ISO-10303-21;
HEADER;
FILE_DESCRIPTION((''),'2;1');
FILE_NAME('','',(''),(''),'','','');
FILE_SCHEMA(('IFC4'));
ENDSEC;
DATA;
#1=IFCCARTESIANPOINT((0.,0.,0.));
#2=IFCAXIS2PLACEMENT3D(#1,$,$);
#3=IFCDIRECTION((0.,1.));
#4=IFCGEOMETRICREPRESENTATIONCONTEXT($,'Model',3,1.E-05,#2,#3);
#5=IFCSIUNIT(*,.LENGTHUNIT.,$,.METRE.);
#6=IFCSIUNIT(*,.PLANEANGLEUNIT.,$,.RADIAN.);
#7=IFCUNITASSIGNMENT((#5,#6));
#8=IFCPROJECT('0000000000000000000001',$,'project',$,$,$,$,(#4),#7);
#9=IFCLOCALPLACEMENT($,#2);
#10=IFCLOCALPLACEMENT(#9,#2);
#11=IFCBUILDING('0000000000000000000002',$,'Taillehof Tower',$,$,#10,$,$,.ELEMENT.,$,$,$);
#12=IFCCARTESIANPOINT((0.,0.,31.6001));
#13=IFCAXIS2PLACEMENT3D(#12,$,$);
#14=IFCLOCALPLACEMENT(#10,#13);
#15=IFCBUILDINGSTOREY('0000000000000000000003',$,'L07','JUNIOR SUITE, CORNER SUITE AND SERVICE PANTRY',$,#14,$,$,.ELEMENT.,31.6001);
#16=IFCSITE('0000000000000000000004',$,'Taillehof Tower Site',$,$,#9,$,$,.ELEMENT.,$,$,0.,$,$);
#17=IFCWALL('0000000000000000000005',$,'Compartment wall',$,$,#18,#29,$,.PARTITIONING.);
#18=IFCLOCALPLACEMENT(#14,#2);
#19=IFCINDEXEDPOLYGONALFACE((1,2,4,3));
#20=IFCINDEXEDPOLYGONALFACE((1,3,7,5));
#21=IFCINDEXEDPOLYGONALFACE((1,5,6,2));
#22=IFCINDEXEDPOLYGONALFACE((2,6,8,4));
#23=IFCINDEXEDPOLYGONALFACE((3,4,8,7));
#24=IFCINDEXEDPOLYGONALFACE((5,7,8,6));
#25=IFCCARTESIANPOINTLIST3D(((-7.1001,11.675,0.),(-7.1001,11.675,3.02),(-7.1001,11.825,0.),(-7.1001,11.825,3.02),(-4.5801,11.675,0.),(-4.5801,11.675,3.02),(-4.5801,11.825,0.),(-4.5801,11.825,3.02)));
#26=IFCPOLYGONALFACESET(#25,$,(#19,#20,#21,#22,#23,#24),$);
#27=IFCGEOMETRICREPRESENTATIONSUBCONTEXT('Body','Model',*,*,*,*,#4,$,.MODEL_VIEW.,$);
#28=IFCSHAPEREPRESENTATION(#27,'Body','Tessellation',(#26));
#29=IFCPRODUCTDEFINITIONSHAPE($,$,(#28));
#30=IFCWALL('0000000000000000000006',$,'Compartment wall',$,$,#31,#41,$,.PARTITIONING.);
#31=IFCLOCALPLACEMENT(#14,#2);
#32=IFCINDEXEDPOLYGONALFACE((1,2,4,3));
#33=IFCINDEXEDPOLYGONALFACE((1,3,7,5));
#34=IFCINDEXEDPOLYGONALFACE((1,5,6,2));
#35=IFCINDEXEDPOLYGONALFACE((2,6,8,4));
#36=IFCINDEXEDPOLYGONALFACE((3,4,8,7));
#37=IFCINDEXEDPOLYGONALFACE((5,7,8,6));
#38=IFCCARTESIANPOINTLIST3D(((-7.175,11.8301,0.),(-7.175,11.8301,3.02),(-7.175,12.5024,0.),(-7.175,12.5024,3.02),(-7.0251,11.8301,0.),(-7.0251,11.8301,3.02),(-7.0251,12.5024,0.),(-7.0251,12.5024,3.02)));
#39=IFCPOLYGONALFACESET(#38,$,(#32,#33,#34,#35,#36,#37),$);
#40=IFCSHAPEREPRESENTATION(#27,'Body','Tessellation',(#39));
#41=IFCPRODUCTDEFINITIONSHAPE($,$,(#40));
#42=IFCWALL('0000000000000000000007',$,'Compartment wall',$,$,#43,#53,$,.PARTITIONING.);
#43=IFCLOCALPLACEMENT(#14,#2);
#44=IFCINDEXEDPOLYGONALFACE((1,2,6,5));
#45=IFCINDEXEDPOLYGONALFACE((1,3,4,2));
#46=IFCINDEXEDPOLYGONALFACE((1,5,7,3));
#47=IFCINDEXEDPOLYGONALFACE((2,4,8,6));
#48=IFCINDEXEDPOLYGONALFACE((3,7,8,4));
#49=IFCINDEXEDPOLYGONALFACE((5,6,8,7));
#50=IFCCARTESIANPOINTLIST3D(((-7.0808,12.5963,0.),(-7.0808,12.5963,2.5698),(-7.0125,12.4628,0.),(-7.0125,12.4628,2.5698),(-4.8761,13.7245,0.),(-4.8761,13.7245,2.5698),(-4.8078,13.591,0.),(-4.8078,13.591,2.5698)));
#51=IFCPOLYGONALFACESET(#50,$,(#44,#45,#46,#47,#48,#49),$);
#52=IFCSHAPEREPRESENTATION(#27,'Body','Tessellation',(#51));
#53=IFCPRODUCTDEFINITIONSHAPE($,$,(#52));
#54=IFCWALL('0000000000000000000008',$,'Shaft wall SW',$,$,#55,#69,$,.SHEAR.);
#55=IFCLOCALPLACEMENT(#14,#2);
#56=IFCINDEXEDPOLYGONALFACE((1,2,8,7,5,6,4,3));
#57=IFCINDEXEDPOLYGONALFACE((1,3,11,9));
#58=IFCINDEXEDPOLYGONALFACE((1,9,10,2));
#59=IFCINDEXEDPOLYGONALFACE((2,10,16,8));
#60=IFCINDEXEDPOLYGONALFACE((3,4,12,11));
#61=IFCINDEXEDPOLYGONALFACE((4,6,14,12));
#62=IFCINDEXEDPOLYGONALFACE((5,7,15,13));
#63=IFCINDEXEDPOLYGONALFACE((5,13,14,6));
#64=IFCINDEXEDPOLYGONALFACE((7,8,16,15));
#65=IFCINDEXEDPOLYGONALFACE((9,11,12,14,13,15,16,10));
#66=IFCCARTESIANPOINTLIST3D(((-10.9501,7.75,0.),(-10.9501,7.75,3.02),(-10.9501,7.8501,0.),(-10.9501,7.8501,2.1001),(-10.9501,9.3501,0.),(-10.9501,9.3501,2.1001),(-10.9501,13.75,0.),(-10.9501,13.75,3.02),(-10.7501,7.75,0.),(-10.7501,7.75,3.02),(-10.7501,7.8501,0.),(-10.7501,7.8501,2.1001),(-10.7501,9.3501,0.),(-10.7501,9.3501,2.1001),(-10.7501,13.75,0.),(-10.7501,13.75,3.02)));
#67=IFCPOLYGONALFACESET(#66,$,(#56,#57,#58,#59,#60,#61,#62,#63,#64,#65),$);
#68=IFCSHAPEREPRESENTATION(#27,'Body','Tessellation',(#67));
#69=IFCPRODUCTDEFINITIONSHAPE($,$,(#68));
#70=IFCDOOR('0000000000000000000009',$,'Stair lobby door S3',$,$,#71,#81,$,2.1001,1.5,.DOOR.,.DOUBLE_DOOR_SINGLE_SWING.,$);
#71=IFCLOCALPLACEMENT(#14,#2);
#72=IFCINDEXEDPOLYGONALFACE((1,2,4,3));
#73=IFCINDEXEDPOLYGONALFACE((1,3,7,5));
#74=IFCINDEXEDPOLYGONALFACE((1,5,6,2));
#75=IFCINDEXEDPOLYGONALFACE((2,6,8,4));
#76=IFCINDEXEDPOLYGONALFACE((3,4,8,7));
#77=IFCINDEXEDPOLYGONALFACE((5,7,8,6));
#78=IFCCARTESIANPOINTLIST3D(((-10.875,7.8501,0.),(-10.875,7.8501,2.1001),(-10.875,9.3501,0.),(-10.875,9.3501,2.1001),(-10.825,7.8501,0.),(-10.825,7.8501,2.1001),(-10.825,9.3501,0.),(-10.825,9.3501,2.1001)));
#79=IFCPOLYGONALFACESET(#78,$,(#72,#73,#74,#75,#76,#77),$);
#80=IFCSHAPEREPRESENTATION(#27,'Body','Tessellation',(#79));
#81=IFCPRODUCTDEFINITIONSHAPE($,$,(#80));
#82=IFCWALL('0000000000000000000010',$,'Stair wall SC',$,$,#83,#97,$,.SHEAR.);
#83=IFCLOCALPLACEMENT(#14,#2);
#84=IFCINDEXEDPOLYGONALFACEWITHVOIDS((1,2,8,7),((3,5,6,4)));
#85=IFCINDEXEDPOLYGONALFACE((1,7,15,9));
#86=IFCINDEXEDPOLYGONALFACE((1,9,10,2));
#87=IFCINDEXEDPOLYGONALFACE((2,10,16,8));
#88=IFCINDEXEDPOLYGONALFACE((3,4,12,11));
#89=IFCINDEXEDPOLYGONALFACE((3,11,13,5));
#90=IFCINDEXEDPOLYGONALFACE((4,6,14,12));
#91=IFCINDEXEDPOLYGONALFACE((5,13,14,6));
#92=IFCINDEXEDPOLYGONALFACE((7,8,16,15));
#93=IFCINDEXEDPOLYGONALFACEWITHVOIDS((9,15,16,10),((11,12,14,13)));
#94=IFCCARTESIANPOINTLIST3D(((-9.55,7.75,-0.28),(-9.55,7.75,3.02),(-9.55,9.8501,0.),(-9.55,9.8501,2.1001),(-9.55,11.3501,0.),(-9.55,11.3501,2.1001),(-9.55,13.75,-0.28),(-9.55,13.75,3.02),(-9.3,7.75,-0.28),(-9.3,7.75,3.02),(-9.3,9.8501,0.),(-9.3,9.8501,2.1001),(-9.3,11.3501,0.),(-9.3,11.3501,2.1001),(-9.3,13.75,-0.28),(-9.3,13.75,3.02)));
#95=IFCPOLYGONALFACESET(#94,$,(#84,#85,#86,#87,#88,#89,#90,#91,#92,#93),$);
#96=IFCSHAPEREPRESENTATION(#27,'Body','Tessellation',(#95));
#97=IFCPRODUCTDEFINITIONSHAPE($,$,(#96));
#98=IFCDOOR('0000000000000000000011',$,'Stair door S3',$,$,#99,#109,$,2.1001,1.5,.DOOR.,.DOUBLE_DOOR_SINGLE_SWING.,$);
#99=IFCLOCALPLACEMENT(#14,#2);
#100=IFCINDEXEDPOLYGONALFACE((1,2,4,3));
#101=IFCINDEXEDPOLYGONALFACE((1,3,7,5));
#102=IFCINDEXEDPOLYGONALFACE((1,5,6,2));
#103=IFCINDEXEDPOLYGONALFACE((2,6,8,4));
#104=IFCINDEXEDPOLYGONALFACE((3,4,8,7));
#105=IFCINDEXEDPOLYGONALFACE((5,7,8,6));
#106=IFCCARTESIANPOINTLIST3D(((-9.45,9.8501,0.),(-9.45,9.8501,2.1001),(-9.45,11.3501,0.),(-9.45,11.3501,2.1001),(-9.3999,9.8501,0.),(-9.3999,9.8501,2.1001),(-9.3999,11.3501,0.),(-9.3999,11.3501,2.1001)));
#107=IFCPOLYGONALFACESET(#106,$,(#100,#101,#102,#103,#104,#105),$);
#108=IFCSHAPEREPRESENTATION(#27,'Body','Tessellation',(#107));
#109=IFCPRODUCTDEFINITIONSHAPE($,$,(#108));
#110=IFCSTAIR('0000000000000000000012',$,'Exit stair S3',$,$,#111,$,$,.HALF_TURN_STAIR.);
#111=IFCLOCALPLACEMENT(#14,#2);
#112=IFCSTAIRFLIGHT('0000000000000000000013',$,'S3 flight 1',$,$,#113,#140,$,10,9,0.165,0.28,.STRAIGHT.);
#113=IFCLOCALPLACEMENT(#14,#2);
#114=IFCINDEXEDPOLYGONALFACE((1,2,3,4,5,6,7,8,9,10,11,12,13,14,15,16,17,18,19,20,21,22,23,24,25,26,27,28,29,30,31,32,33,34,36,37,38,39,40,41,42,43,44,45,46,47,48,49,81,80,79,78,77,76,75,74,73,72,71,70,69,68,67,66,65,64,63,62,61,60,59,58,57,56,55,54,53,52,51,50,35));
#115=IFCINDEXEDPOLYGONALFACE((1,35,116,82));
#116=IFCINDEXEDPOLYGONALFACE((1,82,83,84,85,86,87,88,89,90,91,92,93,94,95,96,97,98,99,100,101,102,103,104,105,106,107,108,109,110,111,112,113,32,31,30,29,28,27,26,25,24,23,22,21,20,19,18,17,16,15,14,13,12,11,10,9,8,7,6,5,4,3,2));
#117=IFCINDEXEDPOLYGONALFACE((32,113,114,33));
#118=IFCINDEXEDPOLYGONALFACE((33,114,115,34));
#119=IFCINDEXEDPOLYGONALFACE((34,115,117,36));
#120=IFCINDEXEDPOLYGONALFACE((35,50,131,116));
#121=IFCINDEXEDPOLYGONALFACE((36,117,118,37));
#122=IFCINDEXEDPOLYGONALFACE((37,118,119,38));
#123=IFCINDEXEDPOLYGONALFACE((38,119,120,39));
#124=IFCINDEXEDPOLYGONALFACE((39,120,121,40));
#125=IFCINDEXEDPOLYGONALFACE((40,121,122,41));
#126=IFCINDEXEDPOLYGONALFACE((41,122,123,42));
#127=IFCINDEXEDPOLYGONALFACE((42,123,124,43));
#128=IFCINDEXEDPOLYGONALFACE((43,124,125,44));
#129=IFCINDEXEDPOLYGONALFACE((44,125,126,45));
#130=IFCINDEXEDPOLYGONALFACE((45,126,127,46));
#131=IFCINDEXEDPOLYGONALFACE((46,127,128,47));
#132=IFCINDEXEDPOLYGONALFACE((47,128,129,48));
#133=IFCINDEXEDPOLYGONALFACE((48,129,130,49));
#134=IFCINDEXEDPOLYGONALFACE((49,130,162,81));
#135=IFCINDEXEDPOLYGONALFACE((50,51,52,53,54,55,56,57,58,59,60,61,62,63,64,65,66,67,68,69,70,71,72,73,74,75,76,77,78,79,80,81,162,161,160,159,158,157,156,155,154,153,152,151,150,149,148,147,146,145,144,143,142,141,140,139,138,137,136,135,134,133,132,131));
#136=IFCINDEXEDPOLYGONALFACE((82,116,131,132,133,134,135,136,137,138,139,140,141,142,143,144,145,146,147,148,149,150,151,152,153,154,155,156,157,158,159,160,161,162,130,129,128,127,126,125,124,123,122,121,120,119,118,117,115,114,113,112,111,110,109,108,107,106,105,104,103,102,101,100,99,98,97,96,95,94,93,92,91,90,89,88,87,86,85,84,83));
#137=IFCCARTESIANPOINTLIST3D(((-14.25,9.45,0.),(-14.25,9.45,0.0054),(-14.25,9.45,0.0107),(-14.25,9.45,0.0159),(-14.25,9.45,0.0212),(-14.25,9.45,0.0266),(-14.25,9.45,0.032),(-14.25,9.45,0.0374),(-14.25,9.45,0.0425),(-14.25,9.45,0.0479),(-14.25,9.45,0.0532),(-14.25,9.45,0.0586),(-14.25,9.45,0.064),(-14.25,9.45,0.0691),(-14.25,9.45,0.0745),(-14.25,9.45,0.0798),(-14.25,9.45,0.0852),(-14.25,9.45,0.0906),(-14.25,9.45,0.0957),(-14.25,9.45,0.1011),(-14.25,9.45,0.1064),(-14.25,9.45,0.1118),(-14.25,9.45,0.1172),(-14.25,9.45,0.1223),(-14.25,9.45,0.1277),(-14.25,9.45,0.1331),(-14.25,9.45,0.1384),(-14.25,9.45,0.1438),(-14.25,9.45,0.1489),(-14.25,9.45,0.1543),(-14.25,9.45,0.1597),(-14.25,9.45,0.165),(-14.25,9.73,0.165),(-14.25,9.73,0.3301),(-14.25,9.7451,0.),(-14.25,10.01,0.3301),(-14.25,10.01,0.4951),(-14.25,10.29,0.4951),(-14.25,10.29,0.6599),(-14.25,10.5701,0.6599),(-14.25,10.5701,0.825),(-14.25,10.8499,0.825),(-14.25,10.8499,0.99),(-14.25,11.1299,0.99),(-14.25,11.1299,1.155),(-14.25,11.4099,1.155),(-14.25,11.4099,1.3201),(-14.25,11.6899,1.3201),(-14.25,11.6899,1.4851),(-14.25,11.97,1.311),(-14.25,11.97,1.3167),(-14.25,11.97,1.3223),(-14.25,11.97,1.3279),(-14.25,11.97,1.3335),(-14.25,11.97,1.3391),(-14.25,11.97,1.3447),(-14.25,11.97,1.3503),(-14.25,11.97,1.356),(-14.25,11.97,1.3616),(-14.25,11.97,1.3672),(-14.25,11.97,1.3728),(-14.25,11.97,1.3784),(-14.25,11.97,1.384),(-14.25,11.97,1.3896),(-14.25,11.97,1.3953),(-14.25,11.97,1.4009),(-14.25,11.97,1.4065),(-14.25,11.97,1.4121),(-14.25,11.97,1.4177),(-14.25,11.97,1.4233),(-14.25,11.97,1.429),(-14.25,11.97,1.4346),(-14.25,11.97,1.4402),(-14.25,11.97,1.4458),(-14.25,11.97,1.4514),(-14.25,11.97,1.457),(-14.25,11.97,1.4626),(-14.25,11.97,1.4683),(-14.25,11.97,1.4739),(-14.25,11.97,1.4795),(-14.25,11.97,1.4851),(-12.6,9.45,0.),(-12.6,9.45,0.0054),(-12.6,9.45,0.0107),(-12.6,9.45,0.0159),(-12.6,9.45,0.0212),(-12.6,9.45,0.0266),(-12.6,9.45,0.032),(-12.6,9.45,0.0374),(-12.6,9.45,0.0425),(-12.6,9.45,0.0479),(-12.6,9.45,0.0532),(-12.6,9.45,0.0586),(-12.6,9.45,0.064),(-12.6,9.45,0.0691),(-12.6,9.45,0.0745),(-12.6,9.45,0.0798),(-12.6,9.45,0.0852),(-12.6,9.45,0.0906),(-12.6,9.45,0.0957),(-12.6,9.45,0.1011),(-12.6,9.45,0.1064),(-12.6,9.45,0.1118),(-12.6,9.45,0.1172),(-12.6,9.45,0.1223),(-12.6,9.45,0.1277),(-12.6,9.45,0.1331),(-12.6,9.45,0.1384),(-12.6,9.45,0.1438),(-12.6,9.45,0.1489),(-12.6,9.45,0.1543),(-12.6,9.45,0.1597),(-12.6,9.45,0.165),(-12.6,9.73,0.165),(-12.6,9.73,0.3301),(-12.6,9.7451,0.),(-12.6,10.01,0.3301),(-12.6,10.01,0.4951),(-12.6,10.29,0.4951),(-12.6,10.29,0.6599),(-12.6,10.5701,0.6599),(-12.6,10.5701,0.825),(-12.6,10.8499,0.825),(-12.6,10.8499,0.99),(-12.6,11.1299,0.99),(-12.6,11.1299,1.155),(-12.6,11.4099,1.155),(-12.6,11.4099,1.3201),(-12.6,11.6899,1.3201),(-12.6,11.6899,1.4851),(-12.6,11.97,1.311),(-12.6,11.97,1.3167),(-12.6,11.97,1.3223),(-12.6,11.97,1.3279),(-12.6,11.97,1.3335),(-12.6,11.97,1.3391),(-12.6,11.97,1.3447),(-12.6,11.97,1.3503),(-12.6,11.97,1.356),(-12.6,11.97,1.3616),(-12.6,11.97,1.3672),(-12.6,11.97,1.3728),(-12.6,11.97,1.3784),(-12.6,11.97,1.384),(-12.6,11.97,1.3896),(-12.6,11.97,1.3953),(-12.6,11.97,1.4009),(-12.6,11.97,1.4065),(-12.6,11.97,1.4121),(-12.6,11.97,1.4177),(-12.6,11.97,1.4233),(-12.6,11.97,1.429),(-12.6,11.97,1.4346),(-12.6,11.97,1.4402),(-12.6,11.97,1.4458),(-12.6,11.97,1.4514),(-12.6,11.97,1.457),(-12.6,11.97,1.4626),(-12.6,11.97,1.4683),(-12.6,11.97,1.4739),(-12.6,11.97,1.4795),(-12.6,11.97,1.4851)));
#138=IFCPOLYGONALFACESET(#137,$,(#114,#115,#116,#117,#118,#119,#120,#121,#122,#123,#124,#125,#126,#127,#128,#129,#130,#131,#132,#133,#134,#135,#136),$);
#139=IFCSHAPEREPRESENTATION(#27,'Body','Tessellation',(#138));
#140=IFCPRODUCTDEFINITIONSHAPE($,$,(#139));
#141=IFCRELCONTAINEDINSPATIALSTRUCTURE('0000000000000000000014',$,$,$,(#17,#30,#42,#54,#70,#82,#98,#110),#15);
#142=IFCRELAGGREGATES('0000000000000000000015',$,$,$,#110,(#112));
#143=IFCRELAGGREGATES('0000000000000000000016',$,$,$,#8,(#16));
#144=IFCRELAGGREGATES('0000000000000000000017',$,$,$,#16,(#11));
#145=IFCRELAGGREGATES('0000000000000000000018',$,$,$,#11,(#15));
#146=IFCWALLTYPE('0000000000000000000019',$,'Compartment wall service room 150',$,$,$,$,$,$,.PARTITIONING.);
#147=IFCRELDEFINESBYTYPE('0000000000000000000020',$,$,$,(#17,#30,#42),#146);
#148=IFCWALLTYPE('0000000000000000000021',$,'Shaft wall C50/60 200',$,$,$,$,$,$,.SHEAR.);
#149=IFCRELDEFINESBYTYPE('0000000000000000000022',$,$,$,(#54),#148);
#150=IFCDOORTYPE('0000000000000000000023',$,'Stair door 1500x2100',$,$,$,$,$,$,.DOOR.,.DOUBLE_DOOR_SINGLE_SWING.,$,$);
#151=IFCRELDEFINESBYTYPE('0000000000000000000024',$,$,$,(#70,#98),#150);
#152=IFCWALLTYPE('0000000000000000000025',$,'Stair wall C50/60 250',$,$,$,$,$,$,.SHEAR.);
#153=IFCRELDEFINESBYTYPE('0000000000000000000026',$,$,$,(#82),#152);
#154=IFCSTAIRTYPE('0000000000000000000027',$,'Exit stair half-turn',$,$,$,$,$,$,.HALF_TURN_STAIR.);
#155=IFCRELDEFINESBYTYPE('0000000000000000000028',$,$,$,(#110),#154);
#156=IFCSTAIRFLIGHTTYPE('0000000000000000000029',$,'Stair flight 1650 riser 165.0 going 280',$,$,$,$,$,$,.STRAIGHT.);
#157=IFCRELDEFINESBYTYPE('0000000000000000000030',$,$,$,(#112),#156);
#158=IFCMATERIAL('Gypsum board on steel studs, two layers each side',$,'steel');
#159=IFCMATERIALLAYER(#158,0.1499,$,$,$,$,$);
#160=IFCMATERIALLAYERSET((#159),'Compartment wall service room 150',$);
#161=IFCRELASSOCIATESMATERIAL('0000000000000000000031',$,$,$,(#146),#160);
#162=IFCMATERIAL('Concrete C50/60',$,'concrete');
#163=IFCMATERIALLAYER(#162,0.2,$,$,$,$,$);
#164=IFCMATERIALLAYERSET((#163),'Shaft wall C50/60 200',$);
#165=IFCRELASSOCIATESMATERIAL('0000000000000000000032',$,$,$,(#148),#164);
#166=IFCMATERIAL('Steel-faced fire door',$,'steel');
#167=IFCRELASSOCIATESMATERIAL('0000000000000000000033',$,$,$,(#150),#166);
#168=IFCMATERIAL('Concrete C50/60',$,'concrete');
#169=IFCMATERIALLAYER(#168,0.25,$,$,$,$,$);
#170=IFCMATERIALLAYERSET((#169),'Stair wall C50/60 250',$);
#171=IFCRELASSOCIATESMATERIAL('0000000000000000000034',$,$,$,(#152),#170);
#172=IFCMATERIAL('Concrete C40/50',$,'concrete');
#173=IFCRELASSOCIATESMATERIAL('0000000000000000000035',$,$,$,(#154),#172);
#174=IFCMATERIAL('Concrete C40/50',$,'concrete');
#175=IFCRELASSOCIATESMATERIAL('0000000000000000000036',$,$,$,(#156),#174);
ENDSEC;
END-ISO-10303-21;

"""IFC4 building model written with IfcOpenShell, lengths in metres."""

from ifc_helpers import new_model, si_unit, direction, frame, frame_2d, origin, place, context, subcontext, project, spatial, polyline, rectangle, outline, extrude, material, layer, layer_set, type_object, element, fill, aggregate, save


model = new_model("IFC4")

# Units and contexts
model_context = context("Model", 3, precision=1e-05, world=origin(), true_north=direction((0.0, 1.0)))
body_context = subcontext(model_context, "Body", "Model", "MODEL_VIEW")
ifc_project = project(units=[si_unit("LENGTHUNIT", "METRE"), si_unit("PLANEANGLEUNIT", "RADIAN")], contexts=[model_context])

# Site, building, storey
site_placement = place(None, origin())
site = spatial("IfcSite", under=ifc_project, at=site_placement, Name="Taillehof Tower Site", CompositionType="ELEMENT", RefElevation=0.0)
building_placement = place(site_placement, origin())
building = spatial("IfcBuilding", under=site, at=building_placement, Name="Taillehof Tower", CompositionType="ELEMENT")
storey_placement = place(building_placement, frame((0.0, 0.0, 31.6001)))
storey = spatial("IfcBuildingStorey", under=building, at=storey_placement, Name="L07", Description="JUNIOR SUITE, CORNER SUITE AND SERVICE PANTRY", CompositionType="ELEMENT", Elevation=31.6001)

# Walls
ifc_material_1 = material(Name="Gypsum board on steel studs, two layers each side", Category="steel")
ifc_layer_1 = layer(ifc_material_1, 0.1499)
ifc_layer_set_1 = layer_set([ifc_layer_1], Name="Compartment wall service room 150")
wall_type_1 = type_object("IfcWallType", Name="Compartment wall service room 150", PredefinedType="PARTITIONING", material=ifc_layer_set_1)
wall_1_placement = place(storey_placement, frame((-4.5801, 11.75, 0.0), z_axis=(0.0, 0.0, 1.0), x_axis=(-1.0, 0.0, 0.0)))
element("IfcWall", 1, at=wall_1_placement, inside=storey, type_object=wall_type_1, Name="Compartment wall", PredefinedType="PARTITIONING", context=body_context, shape_type="SweptSolid", body=[
    extrude(rectangle(XDim=2.52, YDim=0.1499, at=frame_2d((1.26, 0.0))), origin(), (0.0, 0.0, 1.0), 3.02),
])
wall_2_placement = place(storey_placement, frame((-7.1001, 11.8301, 0.0), z_axis=(0.0, 0.0, 1.0), x_axis=(0.0, 1.0, 0.0)))
element("IfcWall", 2, at=wall_2_placement, inside=storey, type_object=wall_type_1, Name="Compartment wall", PredefinedType="PARTITIONING", context=body_context, shape_type="SweptSolid", body=[
    extrude(rectangle(XDim=0.6724, YDim=0.1499, at=frame_2d((0.3362, 0.0))), origin(), (0.0, 0.0, 1.0), 3.02),
])
wall_3_placement = place(storey_placement, frame((-7.0466, 12.5295, 0.0), z_axis=(0.0, 0.0, 1.0), x_axis=(0.890208, 0.455554, 0.0)))
element("IfcWall", 3, at=wall_3_placement, inside=storey, type_object=wall_type_1, Name="Compartment wall", PredefinedType="PARTITIONING", context=body_context, shape_type="SweptSolid", body=[
    extrude(rectangle(XDim=2.4766, YDim=0.1499, at=frame_2d((1.2383, 0.0))), origin(), (0.0, 0.0, 1.0), 2.5698),
])

# Walls, openings, doors
ifc_material_2 = material(Name="Concrete C50/60", Category="concrete")
ifc_layer_2 = layer(ifc_material_2, 0.2)
ifc_layer_set_2 = layer_set([ifc_layer_2], Name="Shaft wall C50/60 200")
wall_type_2 = type_object("IfcWallType", Name="Shaft wall C50/60 200", PredefinedType="SHEAR", material=ifc_layer_set_2)
wall_4_placement = place(storey_placement, frame((-10.8501, 7.75, 0.0), z_axis=(0.0, 0.0, 1.0), x_axis=(0.0, 1.0, 0.0)))
wall_4 = element("IfcWall", 4, at=wall_4_placement, inside=storey, type_object=wall_type_2, Name="Shaft wall SW", PredefinedType="SHEAR", context=body_context, shape_type="SweptSolid", body=[
    extrude(rectangle(XDim=6.0, YDim=0.2, at=frame_2d((3.0, 0.0))), origin(), (0.0, 0.0, 1.0), 3.02),
])
opening_1_placement = place(wall_4_placement, frame((0.1001, 0.0, 0.0)))
opening_1 = element("IfcOpeningElement", 5, at=opening_1_placement, cuts=wall_4, PredefinedType="OPENING", context=body_context, shape_type="SweptSolid", body=[
    extrude(rectangle(XDim=1.5, YDim=2.1001, at=frame_2d((0.75, 1.05))), frame((0.0, 0.1099, 0.0), z_axis=(0.0, -1.0, 0.0), x_axis=(1.0, 0.0, 0.0)), (0.0, 0.0, 1.0), 0.22),
])
ifc_material_3 = material(Name="Steel-faced fire door", Category="steel")
door_type = type_object("IfcDoorType", Name="Stair door 1500x2100", OperationType="DOUBLE_DOOR_SINGLE_SWING", PredefinedType="DOOR", material=ifc_material_3)
door_1_placement = place(opening_1_placement, origin())
door_1 = element("IfcDoor", 6, at=door_1_placement, inside=storey, type_object=door_type, Name="Stair lobby door S3", OperationType="DOUBLE_DOOR_SINGLE_SWING", OverallHeight=2.1001, OverallWidth=1.5, PredefinedType="DOOR", context=body_context, shape_type="SweptSolid", body=[
    extrude(rectangle(XDim=1.5, YDim=2.1001, at=frame_2d((0.75, 1.05))), frame((0.0, 0.0249, 0.0), z_axis=(0.0, -1.0, 0.0), x_axis=(1.0, 0.0, 0.0)), (0.0, 0.0, 1.0), 0.05),
])
fill(opening_1, door_1)
ifc_material_4 = material(Name="Concrete C50/60", Category="concrete")
ifc_layer_3 = layer(ifc_material_4, 0.25)
ifc_layer_set_3 = layer_set([ifc_layer_3], Name="Stair wall C50/60 250")
wall_type_3 = type_object("IfcWallType", Name="Stair wall C50/60 250", PredefinedType="SHEAR", material=ifc_layer_set_3)
wall_5_placement = place(storey_placement, frame((-9.425, 7.75, -0.28), z_axis=(0.0, 0.0, 1.0), x_axis=(0.0, 1.0, 0.0)))
wall_5 = element("IfcWall", 7, at=wall_5_placement, inside=storey, type_object=wall_type_3, Name="Stair wall SC", PredefinedType="SHEAR", context=body_context, shape_type="SweptSolid", body=[
    extrude(rectangle(XDim=6.0, YDim=0.25, at=frame_2d((3.0, 0.0))), origin(), (0.0, 0.0, 1.0), 3.3),
])
opening_2_placement = place(wall_5_placement, frame((2.1001, 0.0, 0.28)))
opening_2 = element("IfcOpeningElement", 8, at=opening_2_placement, cuts=wall_5, PredefinedType="OPENING", context=body_context, shape_type="SweptSolid", body=[
    extrude(rectangle(XDim=1.5, YDim=2.1001, at=frame_2d((0.75, 1.05))), frame((0.0, 0.135, 0.0), z_axis=(0.0, -1.0, 0.0), x_axis=(1.0, 0.0, 0.0)), (0.0, 0.0, 1.0), 0.27),
])
door_2_placement = place(opening_2_placement, origin())
door_2 = element("IfcDoor", 9, at=door_2_placement, inside=storey, type_object=door_type, Name="Stair door S3", OperationType="DOUBLE_DOOR_SINGLE_SWING", OverallHeight=2.1001, OverallWidth=1.5, PredefinedType="DOOR", context=body_context, shape_type="SweptSolid", body=[
    extrude(rectangle(XDim=1.5, YDim=2.1001, at=frame_2d((0.75, 1.05))), frame((0.0, 0.0249, 0.0), z_axis=(0.0, -1.0, 0.0), x_axis=(1.0, 0.0, 0.0)), (0.0, 0.0, 1.0), 0.05),
])
fill(opening_2, door_2)

# Stair, stair flight
ifc_material_5 = material(Name="Concrete C40/50", Category="concrete")
stair_type = type_object("IfcStairType", Name="Exit stair half-turn", PredefinedType="HALF_TURN_STAIR", material=ifc_material_5)
stair_placement = place(storey_placement, origin())
stair = element("IfcStair", 10, at=stair_placement, inside=storey, type_object=stair_type, Name="Exit stair S3", PredefinedType="HALF_TURN_STAIR")
ifc_material_6 = material(Name="Concrete C40/50", Category="concrete")
stair_flight_type = type_object("IfcStairFlightType", Name="Stair flight 1650 riser 165.0 going 280", PredefinedType="STRAIGHT", material=ifc_material_6)
stair_flight_1_placement = place(storey_placement, frame((-13.425, 9.45, 0.0), z_axis=(0.0, 0.0, 1.0), x_axis=(0.0, 1.0, 0.0)))
stair_flight_1 = element("IfcStairFlight", 11, at=stair_flight_1_placement, type_object=stair_flight_type, Name="S3 flight 1", NumberOfRisers=10, NumberOfTreads=9, PredefinedType="STRAIGHT", RiserHeight=0.165, TreadLength=0.28, context=body_context, shape_type="SweptSolid", body=[
    extrude(outline(polyline([(0.0, 0.0), (0.0, 0.0054), (0.0, 0.0107), (0.0, 0.0159), (0.0, 0.0212), (0.0, 0.0266), (0.0, 0.032), (0.0, 0.0374), (0.0, 0.0425), (0.0, 0.0479), (0.0, 0.0532), (0.0, 0.0586), (0.0, 0.064), (0.0, 0.0691), (0.0, 0.0745), (0.0, 0.0798), (0.0, 0.0852), (0.0, 0.0906), (0.0, 0.0957), (0.0, 0.1011), (0.0, 0.1064), (0.0, 0.1118), (0.0, 0.1172), (0.0, 0.1223), (0.0, 0.1277), (0.0, 0.1331), (0.0, 0.1384), (0.0, 0.1438), (0.0, 0.1489), (0.0, 0.1543), (0.0, 0.1597), (0.0, 0.165), (0.28, 0.165), (0.28, 0.3301), (0.5601, 0.3301), (0.5601, 0.4951), (0.8401, 0.4951), (0.8401, 0.6599), (1.1201, 0.6599), (1.1201, 0.825), (1.3999, 0.825), (1.3999, 0.99), (1.6799, 0.99), (1.6799, 1.155), (1.96, 1.155), (1.96, 1.3201), (2.24, 1.3201), (2.24, 1.4851), (2.52, 1.4851), (2.52, 1.4795), (2.52, 1.4739), (2.52, 1.4683), (2.52, 1.4626), (2.52, 1.457), (2.52, 1.4514), (2.52, 1.4458), (2.52, 1.4402), (2.52, 1.4346), (2.52, 1.429), (2.52, 1.4233), (2.52, 1.4177), (2.52, 1.4121), (2.52, 1.4065), (2.52, 1.4009), (2.52, 1.3953), (2.52, 1.3896), (2.52, 1.384), (2.52, 1.3784), (2.52, 1.3728), (2.52, 1.3672), (2.52, 1.3616), (2.52, 1.356), (2.52, 1.3503), (2.52, 1.3447), (2.52, 1.3391), (2.52, 1.3335), (2.52, 1.3279), (2.52, 1.3223), (2.52, 1.3167), (2.52, 1.311), (0.2952, 0.0), (0.0, 0.0)])), frame((0.0, 0.825, 0.0), z_axis=(0.0, -1.0, 0.0), x_axis=(1.0, 0.0, 0.0)), (0.0, 0.0, 1.0), 1.65),
])
aggregate(stair, [stair_flight_1])

save(model, "model.ifc")
